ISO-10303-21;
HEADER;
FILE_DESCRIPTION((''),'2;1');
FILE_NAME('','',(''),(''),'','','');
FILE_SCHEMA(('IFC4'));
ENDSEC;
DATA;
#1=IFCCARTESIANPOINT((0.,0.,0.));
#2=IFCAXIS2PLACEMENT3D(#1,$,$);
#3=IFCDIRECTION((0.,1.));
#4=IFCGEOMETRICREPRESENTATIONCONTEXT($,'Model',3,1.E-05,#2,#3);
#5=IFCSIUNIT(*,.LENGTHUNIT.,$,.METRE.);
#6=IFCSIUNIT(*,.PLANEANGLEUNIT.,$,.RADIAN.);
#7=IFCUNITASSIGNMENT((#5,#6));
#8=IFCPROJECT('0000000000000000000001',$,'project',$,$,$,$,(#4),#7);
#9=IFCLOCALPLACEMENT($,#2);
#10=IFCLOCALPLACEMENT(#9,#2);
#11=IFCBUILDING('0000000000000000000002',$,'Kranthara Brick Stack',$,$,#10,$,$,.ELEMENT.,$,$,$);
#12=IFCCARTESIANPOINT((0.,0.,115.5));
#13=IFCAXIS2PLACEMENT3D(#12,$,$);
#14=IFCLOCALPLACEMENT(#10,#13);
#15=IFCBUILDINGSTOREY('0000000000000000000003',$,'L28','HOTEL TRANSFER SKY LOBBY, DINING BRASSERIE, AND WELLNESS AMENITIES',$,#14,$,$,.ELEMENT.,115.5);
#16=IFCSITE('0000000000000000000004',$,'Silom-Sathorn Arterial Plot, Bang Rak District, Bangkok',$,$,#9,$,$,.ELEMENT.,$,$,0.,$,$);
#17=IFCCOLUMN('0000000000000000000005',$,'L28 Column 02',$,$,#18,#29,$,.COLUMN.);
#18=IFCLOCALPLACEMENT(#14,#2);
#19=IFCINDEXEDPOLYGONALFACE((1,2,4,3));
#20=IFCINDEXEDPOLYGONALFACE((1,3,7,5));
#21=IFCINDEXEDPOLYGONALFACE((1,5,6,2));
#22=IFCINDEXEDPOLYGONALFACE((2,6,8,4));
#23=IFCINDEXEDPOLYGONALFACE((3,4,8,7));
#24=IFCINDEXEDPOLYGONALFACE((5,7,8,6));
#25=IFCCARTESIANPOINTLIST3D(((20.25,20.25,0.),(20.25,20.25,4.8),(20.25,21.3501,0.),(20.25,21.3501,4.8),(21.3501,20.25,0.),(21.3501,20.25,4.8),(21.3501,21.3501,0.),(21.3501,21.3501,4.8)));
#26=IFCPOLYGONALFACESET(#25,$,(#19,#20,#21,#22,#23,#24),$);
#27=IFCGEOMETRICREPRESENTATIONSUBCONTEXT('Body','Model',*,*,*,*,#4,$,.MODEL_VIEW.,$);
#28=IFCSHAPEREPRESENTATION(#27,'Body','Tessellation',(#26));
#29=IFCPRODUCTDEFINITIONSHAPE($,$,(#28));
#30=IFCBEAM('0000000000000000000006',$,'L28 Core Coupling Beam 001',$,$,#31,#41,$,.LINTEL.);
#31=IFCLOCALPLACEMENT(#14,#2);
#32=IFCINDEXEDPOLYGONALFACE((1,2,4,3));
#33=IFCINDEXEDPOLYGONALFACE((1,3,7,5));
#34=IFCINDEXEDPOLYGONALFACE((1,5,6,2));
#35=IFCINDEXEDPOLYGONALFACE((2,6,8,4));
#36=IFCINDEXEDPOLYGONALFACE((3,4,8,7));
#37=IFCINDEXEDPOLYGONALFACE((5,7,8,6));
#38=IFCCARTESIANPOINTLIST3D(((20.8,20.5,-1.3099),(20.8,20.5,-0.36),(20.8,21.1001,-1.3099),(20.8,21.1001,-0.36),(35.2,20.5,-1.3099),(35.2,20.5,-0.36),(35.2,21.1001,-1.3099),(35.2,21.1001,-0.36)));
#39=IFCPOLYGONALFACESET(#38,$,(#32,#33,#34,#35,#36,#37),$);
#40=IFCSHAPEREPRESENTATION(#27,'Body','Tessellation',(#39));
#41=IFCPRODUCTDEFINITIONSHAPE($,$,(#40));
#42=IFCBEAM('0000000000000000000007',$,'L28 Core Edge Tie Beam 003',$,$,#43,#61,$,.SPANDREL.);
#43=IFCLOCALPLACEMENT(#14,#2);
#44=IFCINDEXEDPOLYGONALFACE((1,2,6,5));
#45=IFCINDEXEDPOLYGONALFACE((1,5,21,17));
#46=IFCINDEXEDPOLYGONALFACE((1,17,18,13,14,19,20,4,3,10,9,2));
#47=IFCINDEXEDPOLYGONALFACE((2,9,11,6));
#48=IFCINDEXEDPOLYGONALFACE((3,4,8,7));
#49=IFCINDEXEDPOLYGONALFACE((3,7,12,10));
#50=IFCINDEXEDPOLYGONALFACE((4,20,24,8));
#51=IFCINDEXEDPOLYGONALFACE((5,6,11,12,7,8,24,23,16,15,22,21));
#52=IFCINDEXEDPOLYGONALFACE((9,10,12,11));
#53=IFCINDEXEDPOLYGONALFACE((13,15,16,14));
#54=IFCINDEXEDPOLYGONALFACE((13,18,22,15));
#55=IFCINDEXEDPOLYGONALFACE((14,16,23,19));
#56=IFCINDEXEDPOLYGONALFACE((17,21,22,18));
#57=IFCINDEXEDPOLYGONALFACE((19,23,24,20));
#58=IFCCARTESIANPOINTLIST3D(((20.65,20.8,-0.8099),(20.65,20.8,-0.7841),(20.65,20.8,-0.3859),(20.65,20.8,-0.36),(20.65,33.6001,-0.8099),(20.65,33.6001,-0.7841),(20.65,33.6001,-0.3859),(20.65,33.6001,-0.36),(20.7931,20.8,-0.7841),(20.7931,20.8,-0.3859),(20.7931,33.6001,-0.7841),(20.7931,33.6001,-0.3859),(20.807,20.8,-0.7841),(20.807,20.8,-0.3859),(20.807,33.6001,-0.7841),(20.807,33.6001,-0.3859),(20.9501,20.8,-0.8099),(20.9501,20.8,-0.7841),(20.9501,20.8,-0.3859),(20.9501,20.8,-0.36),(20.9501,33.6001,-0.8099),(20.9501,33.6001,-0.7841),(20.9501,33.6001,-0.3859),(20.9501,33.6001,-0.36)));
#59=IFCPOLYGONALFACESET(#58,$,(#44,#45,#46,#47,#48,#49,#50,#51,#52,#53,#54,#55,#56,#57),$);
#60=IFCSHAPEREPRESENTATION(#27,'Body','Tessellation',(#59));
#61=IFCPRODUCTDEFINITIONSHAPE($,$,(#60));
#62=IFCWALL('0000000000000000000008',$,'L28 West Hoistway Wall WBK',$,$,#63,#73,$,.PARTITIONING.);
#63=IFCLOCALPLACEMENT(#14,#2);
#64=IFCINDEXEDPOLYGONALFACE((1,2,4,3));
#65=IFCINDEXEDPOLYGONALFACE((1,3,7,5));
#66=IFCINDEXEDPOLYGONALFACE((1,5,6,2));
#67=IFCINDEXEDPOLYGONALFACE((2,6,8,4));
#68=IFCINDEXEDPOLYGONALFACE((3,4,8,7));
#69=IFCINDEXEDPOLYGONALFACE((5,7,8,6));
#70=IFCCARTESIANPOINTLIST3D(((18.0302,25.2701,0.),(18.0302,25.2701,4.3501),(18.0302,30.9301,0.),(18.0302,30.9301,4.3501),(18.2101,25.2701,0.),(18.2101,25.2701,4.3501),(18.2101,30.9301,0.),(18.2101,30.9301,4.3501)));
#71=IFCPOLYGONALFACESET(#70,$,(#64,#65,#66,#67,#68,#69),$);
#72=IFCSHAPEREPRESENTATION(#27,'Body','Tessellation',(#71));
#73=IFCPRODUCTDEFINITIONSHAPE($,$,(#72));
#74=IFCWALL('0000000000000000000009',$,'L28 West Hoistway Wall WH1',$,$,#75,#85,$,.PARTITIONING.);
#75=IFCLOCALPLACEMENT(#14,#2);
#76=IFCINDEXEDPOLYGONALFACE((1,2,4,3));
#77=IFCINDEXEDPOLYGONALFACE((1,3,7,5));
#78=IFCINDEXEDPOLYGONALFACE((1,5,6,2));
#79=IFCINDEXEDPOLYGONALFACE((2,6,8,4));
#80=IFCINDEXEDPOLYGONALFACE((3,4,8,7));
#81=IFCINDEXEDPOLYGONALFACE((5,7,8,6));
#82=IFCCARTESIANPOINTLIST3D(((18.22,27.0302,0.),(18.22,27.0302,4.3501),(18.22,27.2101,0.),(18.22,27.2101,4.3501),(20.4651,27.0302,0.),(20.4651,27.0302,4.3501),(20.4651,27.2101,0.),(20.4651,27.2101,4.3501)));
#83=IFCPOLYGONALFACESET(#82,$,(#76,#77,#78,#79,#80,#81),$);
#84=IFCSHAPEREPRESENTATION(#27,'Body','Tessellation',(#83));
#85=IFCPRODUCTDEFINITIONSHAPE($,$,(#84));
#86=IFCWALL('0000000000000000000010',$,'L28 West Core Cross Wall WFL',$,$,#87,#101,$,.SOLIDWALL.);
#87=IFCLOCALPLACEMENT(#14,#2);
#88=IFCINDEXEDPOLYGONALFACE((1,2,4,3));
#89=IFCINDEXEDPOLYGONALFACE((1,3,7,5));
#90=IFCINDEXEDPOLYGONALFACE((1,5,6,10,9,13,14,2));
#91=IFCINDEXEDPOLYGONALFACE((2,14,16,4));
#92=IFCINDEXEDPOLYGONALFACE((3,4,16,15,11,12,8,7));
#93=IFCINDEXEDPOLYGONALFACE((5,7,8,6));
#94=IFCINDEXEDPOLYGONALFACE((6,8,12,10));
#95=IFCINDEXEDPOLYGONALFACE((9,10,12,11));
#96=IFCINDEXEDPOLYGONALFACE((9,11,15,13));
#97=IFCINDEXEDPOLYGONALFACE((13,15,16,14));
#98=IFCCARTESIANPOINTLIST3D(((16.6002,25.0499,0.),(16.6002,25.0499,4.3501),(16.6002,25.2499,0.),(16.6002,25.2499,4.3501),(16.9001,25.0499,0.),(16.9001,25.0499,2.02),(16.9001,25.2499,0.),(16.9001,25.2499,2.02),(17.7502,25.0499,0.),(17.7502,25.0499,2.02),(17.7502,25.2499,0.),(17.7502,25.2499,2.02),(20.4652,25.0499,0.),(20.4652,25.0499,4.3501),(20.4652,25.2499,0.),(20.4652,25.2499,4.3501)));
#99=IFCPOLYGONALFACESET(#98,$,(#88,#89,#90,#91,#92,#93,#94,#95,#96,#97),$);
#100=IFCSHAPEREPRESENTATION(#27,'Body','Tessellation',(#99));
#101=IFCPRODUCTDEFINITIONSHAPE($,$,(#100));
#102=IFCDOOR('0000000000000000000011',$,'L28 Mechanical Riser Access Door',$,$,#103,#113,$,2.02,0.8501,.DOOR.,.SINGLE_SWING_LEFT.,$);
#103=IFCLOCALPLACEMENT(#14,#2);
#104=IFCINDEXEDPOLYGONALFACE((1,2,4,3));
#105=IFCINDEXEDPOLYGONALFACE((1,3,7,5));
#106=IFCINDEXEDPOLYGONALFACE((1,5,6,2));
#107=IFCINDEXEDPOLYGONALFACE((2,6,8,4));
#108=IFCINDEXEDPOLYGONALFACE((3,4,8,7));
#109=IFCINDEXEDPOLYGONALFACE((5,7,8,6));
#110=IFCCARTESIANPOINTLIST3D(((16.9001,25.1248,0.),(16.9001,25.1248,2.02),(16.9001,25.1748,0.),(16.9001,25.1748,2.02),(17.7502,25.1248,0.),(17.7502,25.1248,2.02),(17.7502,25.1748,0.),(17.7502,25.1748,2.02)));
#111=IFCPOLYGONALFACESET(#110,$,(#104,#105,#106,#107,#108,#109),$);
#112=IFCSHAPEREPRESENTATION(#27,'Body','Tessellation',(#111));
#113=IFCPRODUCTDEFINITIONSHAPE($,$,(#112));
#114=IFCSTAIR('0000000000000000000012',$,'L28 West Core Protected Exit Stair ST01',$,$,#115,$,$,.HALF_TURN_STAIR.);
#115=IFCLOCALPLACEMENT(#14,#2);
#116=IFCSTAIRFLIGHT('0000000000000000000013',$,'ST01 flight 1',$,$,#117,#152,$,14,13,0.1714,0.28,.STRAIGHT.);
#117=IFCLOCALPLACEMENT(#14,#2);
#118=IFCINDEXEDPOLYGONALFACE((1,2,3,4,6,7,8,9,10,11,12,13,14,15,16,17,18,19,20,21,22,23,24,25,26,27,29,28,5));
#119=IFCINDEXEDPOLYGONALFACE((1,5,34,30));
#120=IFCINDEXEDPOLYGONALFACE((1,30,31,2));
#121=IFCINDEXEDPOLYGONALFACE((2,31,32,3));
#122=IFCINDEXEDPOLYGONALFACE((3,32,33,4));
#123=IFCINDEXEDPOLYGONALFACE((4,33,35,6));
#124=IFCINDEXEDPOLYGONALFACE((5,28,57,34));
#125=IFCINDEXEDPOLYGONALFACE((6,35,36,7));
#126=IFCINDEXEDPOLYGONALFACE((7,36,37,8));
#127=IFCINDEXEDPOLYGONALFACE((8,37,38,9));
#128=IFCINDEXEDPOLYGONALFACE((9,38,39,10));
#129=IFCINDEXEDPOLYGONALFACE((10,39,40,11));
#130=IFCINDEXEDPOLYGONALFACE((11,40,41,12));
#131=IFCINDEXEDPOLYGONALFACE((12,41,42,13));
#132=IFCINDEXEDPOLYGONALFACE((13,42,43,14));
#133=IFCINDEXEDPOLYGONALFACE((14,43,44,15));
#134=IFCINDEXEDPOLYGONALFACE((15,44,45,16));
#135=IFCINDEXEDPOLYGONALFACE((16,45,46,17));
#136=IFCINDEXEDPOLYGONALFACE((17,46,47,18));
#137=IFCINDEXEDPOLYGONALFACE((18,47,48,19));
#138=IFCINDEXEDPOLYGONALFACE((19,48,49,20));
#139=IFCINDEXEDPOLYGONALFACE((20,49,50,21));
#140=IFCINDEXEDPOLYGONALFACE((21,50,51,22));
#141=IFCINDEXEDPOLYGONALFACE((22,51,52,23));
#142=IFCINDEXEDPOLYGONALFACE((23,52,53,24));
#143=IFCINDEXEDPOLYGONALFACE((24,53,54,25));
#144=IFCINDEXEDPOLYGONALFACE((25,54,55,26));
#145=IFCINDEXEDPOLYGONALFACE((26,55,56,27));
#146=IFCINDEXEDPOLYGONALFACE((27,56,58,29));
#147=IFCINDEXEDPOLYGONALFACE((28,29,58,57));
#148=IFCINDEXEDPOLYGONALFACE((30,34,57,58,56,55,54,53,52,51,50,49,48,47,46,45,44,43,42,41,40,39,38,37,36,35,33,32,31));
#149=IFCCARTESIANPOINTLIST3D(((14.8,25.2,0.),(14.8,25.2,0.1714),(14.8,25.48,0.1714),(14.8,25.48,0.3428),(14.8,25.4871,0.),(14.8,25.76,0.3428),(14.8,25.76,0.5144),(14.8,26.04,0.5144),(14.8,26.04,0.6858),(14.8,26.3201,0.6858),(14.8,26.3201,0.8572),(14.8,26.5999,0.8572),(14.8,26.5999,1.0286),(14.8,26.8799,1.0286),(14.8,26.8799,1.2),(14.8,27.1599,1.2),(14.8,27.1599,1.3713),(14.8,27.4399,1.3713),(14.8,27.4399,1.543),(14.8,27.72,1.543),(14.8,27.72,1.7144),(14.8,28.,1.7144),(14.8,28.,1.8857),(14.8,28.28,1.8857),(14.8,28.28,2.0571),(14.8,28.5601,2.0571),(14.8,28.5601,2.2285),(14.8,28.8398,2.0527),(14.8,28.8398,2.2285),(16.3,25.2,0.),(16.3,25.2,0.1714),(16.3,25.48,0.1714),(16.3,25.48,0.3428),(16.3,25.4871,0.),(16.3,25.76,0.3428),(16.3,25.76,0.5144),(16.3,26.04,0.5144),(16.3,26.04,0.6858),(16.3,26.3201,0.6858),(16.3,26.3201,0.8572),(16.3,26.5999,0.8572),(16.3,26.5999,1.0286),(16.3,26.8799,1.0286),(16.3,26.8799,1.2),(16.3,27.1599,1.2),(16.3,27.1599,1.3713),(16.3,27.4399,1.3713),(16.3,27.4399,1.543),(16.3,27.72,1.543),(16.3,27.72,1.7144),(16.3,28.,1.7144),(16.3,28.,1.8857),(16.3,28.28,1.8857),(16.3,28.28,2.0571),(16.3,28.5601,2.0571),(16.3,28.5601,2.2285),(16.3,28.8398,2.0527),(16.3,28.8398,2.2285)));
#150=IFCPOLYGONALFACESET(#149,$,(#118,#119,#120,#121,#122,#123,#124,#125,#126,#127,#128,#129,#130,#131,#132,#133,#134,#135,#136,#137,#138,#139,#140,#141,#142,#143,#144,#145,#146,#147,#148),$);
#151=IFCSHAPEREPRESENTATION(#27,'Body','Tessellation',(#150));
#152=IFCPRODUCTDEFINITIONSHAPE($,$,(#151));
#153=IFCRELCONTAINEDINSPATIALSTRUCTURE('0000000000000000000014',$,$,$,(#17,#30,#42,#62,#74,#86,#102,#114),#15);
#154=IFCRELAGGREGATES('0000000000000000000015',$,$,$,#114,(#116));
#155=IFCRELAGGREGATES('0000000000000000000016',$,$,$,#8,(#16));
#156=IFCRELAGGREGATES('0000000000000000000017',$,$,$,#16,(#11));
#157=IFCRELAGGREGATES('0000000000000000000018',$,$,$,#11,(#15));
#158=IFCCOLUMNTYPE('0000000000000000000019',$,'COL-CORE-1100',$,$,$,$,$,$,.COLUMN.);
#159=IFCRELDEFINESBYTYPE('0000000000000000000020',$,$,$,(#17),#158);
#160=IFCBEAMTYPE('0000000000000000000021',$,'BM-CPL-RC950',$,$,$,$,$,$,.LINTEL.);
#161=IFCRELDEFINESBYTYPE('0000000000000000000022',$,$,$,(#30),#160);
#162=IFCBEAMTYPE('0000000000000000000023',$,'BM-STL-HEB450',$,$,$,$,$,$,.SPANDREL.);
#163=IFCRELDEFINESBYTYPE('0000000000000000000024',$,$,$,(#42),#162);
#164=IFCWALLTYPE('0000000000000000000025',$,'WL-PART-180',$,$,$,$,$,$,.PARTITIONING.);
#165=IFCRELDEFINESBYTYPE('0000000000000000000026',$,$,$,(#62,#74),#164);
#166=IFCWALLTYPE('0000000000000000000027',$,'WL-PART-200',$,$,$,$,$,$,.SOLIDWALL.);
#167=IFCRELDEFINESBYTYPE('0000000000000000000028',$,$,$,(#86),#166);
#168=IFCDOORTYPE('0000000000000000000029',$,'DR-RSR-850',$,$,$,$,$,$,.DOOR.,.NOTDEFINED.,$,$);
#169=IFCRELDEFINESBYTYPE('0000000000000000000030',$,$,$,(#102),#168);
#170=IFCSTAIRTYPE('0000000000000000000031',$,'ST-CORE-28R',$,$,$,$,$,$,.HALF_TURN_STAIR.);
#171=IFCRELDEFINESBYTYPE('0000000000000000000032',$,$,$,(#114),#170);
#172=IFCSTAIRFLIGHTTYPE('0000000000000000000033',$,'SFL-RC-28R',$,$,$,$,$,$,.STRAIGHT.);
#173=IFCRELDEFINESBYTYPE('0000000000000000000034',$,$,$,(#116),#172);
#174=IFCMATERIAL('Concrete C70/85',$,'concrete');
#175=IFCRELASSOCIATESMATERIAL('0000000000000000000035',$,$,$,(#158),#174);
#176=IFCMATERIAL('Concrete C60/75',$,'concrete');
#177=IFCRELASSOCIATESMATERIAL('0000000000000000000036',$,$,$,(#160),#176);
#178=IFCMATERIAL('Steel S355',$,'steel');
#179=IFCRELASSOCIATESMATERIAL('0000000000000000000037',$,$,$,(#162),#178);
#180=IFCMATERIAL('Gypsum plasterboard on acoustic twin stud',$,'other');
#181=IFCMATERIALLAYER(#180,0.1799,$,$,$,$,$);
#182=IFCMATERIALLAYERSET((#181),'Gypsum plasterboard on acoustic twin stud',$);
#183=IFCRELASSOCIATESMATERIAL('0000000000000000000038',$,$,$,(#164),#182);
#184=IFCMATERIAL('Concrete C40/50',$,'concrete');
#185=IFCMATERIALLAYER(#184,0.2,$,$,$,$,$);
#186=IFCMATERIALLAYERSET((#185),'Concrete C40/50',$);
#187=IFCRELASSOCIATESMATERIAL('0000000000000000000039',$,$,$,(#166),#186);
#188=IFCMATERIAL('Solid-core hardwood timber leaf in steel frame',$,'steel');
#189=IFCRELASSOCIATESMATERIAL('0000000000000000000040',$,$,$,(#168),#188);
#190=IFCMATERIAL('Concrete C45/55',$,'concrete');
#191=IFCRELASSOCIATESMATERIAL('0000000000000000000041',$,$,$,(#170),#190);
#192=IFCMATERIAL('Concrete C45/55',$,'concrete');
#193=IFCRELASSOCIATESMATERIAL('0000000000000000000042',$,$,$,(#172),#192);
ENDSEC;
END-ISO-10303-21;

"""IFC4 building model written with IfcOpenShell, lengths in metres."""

from ifc_helpers import new_model, si_unit, direction, frame, frame_2d, origin, origin_2d, place, context, subcontext, project, spatial, polyline, rectangle, i_section, outline, extrude, material, layer, layer_set, material_profile, profile_set, type_object, element, fill, aggregate, save


model = new_model("IFC4")

# Units and contexts
model_context = context("Model", 3, precision=1e-05, world=origin(), true_north=direction((0.0, 1.0)))
body_context = subcontext(model_context, "Body", "Model", "MODEL_VIEW")
ifc_project = project(units=[si_unit("LENGTHUNIT", "METRE"), si_unit("PLANEANGLEUNIT", "RADIAN")], contexts=[model_context])

# Site, building, storey
site_placement = place(None, origin())
site = spatial("IfcSite", under=ifc_project, at=site_placement, Name="Silom-Sathorn Arterial Plot, Bang Rak District, Bangkok", CompositionType="ELEMENT", RefElevation=0.0)
building_placement = place(site_placement, origin())
building = spatial("IfcBuilding", under=site, at=building_placement, Name="Kranthara Brick Stack", CompositionType="ELEMENT")
storey_placement = place(building_placement, frame((0.0, 0.0, 115.5)))
storey = spatial("IfcBuildingStorey", under=building, at=storey_placement, Name="L28", Description="HOTEL TRANSFER SKY LOBBY, DINING BRASSERIE, AND WELLNESS AMENITIES", CompositionType="ELEMENT", Elevation=115.5)

# Column
ifc_material_1 = material(Name="Concrete C70/85", Category="concrete")
ifc_material_profile_1 = material_profile(ifc_material_1, rectangle(XDim=1.1001, YDim=1.1001, at=origin_2d()), Name="RC 1100x1100")
ifc_profile_set_1 = profile_set([ifc_material_profile_1], Name="Concrete C70/85")
column_type = type_object("IfcColumnType", Name="COL-CORE-1100", PredefinedType="COLUMN", material=ifc_profile_set_1)
column_placement = place(storey_placement, frame((20.8, 20.8, 0.0), z_axis=(0.0, 0.0, 1.0), x_axis=(1.0, 0.0, 0.0)))
element("IfcColumn", 1, at=column_placement, inside=storey, type_object=column_type, Name="L28 Column 02", PredefinedType="COLUMN", context=body_context, shape_type="SweptSolid", body=[
    extrude(rectangle(XDim=1.1001, YDim=1.1001, at=origin_2d()), origin(), (0.0, 0.0, 1.0), 4.8),
])

# Beams
ifc_material_2 = material(Name="Concrete C60/75", Category="concrete")
ifc_material_profile_2 = material_profile(ifc_material_2, rectangle(XDim=0.6001, YDim=0.95, at=origin_2d()), Name="RC 600x950")
ifc_profile_set_2 = profile_set([ifc_material_profile_2], Name="Concrete C60/75")
beam_type_1 = type_object("IfcBeamType", Name="BM-CPL-RC950", PredefinedType="LINTEL", material=ifc_profile_set_2)
beam_1_placement = place(storey_placement, frame((20.8, 20.8, -0.835), z_axis=(1.0, 0.0, 0.0), x_axis=(0.0, 1.0, 0.0)))
element("IfcBeam", 2, at=beam_1_placement, inside=storey, type_object=beam_type_1, Name="L28 Core Coupling Beam 001", PredefinedType="LINTEL", context=body_context, shape_type="SweptSolid", body=[
    extrude(rectangle(XDim=0.6001, YDim=0.95, at=origin_2d()), origin(), (0.0, 0.0, 1.0), 14.3999),
])
ifc_material_3 = material(Name="Steel S355", Category="steel")
ifc_material_profile_3 = material_profile(ifc_material_3, i_section(OverallWidth=0.3, OverallDepth=0.45, WebThickness=0.0139, FlangeThickness=0.0259, at=origin_2d()), Name="HEB 450")
ifc_profile_set_3 = profile_set([ifc_material_profile_3], Name="Steel S355")
beam_type_2 = type_object("IfcBeamType", Name="BM-STL-HEB450", PredefinedType="SPANDREL", material=ifc_profile_set_3)
beam_2_placement = place(storey_placement, frame((20.8, 20.8, -0.585), z_axis=(0.0, 1.0, 0.0), x_axis=(-1.0, 0.0, 0.0)))
element("IfcBeam", 3, at=beam_2_placement, inside=storey, type_object=beam_type_2, Name="L28 Core Edge Tie Beam 003", PredefinedType="SPANDREL", context=body_context, shape_type="SweptSolid", body=[
    extrude(i_section(OverallWidth=0.3, OverallDepth=0.45, WebThickness=0.0139, FlangeThickness=0.0259, at=origin_2d()), origin(), (0.0, 0.0, 1.0), 12.8),
])

# Walls
ifc_material_4 = material(Name="Gypsum plasterboard on acoustic twin stud", Category="other")
ifc_layer_1 = layer(ifc_material_4, 0.1799)
ifc_layer_set_1 = layer_set([ifc_layer_1], Name="Gypsum plasterboard on acoustic twin stud")
wall_type_1 = type_object("IfcWallType", Name="WL-PART-180", PredefinedType="PARTITIONING", material=ifc_layer_set_1)
wall_1_placement = place(storey_placement, frame((18.1201, 25.27, 0.0), z_axis=(0.0, 0.0, 1.0), x_axis=(0.0, 1.0, 0.0)))
element("IfcWall", 4, at=wall_1_placement, inside=storey, type_object=wall_type_1, Name="L28 West Hoistway Wall WBK", PredefinedType="PARTITIONING", context=body_context, shape_type="SweptSolid", body=[
    extrude(rectangle(XDim=5.6599, YDim=0.1799, at=frame_2d((2.8301, 0.0))), origin(), (0.0, 0.0, 1.0), 4.3501),
])
wall_2_placement = place(storey_placement, frame((18.22, 27.1201, 0.0), z_axis=(0.0, 0.0, 1.0), x_axis=(1.0, 0.0, 0.0)))
element("IfcWall", 5, at=wall_2_placement, inside=storey, type_object=wall_type_1, Name="L28 West Hoistway Wall WH1", PredefinedType="PARTITIONING", context=body_context, shape_type="SweptSolid", body=[
    extrude(rectangle(XDim=2.2451, YDim=0.1799, at=frame_2d((1.1226, 0.0))), origin(), (0.0, 0.0, 1.0), 4.3501),
])

# Wall, opening, door
ifc_material_5 = material(Name="Concrete C40/50", Category="concrete")
ifc_layer_2 = layer(ifc_material_5, 0.2)
ifc_layer_set_2 = layer_set([ifc_layer_2], Name="Concrete C40/50")
wall_type_2 = type_object("IfcWallType", Name="WL-PART-200", PredefinedType="SOLIDWALL", material=ifc_layer_set_2)
wall_3_placement = place(storey_placement, frame((16.6001, 25.1499, 0.0), z_axis=(0.0, 0.0, 1.0), x_axis=(1.0, 0.0, 0.0)))
wall_3 = element("IfcWall", 6, at=wall_3_placement, inside=storey, type_object=wall_type_2, Name="L28 West Core Cross Wall WFL", PredefinedType="SOLIDWALL", context=body_context, shape_type="SweptSolid", body=[
    extrude(rectangle(XDim=3.865, YDim=0.2, at=frame_2d((1.9326, 0.0))), origin(), (0.0, 0.0, 1.0), 4.3501),
])
opening_1_placement = place(wall_3_placement, frame((0.3, 0.0, 0.0)))
opening_1 = element("IfcOpeningElement", 7, at=opening_1_placement, cuts=wall_3, PredefinedType="OPENING", context=body_context, shape_type="SweptSolid", body=[
    extrude(rectangle(XDim=0.8501, YDim=2.02, at=frame_2d((0.425, 1.01))), frame((0.0, 0.1099, 0.0), z_axis=(0.0, -1.0, 0.0), x_axis=(1.0, 0.0, 0.0)), (0.0, 0.0, 1.0), 0.22),
])
ifc_material_6 = material(Name="Solid-core hardwood timber leaf in steel frame", Category="steel")
door_type_1 = type_object("IfcDoorType", Name="DR-RSR-850", OperationType="NOTDEFINED", PredefinedType="DOOR", material=ifc_material_6)
door_1_placement = place(opening_1_placement, origin())
door_1 = element("IfcDoor", 8, at=door_1_placement, inside=storey, type_object=door_type_1, Name="L28 Mechanical Riser Access Door", OperationType="SINGLE_SWING_LEFT", OverallHeight=2.02, OverallWidth=0.8501, PredefinedType="DOOR", context=body_context, shape_type="SweptSolid", body=[
    extrude(rectangle(XDim=0.8501, YDim=2.02, at=frame_2d((0.425, 1.01))), frame((0.0, 0.0249, 0.0), z_axis=(0.0, -1.0, 0.0), x_axis=(1.0, 0.0, 0.0)), (0.0, 0.0, 1.0), 0.05),
])
fill(opening_1, door_1)

# Stair, stair flight
ifc_material_7 = material(Name="Concrete C45/55", Category="concrete")
stair_type = type_object("IfcStairType", Name="ST-CORE-28R", PredefinedType="HALF_TURN_STAIR", material=ifc_material_7)
stair_placement = place(storey_placement, origin())
stair = element("IfcStair", 9, at=stair_placement, inside=storey, type_object=stair_type, Name="L28 West Core Protected Exit Stair ST01", PredefinedType="HALF_TURN_STAIR")
ifc_material_8 = material(Name="Concrete C45/55", Category="concrete")
stair_flight_type = type_object("IfcStairFlightType", Name="SFL-RC-28R", PredefinedType="STRAIGHT", material=ifc_material_8)
stair_flight_placement = place(storey_placement, frame((15.55, 25.2, 0.0), z_axis=(0.0, 0.0, 1.0), x_axis=(0.0, 1.0, 0.0)))
stair_flight = element("IfcStairFlight", 10, at=stair_flight_placement, type_object=stair_flight_type, Name="ST01 flight 1", NumberOfRisers=14, NumberOfTreads=13, PredefinedType="STRAIGHT", RiserHeight=0.1714, TreadLength=0.28, context=body_context, shape_type="SweptSolid", body=[
    extrude(outline(polyline([(0.0, 0.0), (0.0, 0.1714), (0.28, 0.1714), (0.28, 0.3428), (0.5601, 0.3428), (0.5601, 0.5144), (0.8401, 0.5144), (0.8401, 0.6858), (1.1201, 0.6858), (1.1201, 0.8572), (1.3999, 0.8572), (1.3999, 1.0286), (1.6799, 1.0286), (1.6799, 1.2), (1.96, 1.2), (1.96, 1.3713), (2.24, 1.3713), (2.24, 1.543), (2.52, 1.543), (2.52, 1.7144), (2.8, 1.7144), (2.8, 1.8857), (3.0801, 1.8857), (3.0801, 2.0571), (3.3601, 2.0571), (3.3601, 2.2285), (3.6399, 2.2285), (3.6399, 2.3999), (3.6399, 2.0527), (0.2871, 0.0), (0.0, 0.0)])), frame((0.0, 0.75, 0.0), z_axis=(0.0, -1.0, 0.0), x_axis=(1.0, 0.0, 0.0)), (0.0, 0.0, 1.0), 1.5),
])
aggregate(stair, [stair_flight])

save(model, "model.ifc")
